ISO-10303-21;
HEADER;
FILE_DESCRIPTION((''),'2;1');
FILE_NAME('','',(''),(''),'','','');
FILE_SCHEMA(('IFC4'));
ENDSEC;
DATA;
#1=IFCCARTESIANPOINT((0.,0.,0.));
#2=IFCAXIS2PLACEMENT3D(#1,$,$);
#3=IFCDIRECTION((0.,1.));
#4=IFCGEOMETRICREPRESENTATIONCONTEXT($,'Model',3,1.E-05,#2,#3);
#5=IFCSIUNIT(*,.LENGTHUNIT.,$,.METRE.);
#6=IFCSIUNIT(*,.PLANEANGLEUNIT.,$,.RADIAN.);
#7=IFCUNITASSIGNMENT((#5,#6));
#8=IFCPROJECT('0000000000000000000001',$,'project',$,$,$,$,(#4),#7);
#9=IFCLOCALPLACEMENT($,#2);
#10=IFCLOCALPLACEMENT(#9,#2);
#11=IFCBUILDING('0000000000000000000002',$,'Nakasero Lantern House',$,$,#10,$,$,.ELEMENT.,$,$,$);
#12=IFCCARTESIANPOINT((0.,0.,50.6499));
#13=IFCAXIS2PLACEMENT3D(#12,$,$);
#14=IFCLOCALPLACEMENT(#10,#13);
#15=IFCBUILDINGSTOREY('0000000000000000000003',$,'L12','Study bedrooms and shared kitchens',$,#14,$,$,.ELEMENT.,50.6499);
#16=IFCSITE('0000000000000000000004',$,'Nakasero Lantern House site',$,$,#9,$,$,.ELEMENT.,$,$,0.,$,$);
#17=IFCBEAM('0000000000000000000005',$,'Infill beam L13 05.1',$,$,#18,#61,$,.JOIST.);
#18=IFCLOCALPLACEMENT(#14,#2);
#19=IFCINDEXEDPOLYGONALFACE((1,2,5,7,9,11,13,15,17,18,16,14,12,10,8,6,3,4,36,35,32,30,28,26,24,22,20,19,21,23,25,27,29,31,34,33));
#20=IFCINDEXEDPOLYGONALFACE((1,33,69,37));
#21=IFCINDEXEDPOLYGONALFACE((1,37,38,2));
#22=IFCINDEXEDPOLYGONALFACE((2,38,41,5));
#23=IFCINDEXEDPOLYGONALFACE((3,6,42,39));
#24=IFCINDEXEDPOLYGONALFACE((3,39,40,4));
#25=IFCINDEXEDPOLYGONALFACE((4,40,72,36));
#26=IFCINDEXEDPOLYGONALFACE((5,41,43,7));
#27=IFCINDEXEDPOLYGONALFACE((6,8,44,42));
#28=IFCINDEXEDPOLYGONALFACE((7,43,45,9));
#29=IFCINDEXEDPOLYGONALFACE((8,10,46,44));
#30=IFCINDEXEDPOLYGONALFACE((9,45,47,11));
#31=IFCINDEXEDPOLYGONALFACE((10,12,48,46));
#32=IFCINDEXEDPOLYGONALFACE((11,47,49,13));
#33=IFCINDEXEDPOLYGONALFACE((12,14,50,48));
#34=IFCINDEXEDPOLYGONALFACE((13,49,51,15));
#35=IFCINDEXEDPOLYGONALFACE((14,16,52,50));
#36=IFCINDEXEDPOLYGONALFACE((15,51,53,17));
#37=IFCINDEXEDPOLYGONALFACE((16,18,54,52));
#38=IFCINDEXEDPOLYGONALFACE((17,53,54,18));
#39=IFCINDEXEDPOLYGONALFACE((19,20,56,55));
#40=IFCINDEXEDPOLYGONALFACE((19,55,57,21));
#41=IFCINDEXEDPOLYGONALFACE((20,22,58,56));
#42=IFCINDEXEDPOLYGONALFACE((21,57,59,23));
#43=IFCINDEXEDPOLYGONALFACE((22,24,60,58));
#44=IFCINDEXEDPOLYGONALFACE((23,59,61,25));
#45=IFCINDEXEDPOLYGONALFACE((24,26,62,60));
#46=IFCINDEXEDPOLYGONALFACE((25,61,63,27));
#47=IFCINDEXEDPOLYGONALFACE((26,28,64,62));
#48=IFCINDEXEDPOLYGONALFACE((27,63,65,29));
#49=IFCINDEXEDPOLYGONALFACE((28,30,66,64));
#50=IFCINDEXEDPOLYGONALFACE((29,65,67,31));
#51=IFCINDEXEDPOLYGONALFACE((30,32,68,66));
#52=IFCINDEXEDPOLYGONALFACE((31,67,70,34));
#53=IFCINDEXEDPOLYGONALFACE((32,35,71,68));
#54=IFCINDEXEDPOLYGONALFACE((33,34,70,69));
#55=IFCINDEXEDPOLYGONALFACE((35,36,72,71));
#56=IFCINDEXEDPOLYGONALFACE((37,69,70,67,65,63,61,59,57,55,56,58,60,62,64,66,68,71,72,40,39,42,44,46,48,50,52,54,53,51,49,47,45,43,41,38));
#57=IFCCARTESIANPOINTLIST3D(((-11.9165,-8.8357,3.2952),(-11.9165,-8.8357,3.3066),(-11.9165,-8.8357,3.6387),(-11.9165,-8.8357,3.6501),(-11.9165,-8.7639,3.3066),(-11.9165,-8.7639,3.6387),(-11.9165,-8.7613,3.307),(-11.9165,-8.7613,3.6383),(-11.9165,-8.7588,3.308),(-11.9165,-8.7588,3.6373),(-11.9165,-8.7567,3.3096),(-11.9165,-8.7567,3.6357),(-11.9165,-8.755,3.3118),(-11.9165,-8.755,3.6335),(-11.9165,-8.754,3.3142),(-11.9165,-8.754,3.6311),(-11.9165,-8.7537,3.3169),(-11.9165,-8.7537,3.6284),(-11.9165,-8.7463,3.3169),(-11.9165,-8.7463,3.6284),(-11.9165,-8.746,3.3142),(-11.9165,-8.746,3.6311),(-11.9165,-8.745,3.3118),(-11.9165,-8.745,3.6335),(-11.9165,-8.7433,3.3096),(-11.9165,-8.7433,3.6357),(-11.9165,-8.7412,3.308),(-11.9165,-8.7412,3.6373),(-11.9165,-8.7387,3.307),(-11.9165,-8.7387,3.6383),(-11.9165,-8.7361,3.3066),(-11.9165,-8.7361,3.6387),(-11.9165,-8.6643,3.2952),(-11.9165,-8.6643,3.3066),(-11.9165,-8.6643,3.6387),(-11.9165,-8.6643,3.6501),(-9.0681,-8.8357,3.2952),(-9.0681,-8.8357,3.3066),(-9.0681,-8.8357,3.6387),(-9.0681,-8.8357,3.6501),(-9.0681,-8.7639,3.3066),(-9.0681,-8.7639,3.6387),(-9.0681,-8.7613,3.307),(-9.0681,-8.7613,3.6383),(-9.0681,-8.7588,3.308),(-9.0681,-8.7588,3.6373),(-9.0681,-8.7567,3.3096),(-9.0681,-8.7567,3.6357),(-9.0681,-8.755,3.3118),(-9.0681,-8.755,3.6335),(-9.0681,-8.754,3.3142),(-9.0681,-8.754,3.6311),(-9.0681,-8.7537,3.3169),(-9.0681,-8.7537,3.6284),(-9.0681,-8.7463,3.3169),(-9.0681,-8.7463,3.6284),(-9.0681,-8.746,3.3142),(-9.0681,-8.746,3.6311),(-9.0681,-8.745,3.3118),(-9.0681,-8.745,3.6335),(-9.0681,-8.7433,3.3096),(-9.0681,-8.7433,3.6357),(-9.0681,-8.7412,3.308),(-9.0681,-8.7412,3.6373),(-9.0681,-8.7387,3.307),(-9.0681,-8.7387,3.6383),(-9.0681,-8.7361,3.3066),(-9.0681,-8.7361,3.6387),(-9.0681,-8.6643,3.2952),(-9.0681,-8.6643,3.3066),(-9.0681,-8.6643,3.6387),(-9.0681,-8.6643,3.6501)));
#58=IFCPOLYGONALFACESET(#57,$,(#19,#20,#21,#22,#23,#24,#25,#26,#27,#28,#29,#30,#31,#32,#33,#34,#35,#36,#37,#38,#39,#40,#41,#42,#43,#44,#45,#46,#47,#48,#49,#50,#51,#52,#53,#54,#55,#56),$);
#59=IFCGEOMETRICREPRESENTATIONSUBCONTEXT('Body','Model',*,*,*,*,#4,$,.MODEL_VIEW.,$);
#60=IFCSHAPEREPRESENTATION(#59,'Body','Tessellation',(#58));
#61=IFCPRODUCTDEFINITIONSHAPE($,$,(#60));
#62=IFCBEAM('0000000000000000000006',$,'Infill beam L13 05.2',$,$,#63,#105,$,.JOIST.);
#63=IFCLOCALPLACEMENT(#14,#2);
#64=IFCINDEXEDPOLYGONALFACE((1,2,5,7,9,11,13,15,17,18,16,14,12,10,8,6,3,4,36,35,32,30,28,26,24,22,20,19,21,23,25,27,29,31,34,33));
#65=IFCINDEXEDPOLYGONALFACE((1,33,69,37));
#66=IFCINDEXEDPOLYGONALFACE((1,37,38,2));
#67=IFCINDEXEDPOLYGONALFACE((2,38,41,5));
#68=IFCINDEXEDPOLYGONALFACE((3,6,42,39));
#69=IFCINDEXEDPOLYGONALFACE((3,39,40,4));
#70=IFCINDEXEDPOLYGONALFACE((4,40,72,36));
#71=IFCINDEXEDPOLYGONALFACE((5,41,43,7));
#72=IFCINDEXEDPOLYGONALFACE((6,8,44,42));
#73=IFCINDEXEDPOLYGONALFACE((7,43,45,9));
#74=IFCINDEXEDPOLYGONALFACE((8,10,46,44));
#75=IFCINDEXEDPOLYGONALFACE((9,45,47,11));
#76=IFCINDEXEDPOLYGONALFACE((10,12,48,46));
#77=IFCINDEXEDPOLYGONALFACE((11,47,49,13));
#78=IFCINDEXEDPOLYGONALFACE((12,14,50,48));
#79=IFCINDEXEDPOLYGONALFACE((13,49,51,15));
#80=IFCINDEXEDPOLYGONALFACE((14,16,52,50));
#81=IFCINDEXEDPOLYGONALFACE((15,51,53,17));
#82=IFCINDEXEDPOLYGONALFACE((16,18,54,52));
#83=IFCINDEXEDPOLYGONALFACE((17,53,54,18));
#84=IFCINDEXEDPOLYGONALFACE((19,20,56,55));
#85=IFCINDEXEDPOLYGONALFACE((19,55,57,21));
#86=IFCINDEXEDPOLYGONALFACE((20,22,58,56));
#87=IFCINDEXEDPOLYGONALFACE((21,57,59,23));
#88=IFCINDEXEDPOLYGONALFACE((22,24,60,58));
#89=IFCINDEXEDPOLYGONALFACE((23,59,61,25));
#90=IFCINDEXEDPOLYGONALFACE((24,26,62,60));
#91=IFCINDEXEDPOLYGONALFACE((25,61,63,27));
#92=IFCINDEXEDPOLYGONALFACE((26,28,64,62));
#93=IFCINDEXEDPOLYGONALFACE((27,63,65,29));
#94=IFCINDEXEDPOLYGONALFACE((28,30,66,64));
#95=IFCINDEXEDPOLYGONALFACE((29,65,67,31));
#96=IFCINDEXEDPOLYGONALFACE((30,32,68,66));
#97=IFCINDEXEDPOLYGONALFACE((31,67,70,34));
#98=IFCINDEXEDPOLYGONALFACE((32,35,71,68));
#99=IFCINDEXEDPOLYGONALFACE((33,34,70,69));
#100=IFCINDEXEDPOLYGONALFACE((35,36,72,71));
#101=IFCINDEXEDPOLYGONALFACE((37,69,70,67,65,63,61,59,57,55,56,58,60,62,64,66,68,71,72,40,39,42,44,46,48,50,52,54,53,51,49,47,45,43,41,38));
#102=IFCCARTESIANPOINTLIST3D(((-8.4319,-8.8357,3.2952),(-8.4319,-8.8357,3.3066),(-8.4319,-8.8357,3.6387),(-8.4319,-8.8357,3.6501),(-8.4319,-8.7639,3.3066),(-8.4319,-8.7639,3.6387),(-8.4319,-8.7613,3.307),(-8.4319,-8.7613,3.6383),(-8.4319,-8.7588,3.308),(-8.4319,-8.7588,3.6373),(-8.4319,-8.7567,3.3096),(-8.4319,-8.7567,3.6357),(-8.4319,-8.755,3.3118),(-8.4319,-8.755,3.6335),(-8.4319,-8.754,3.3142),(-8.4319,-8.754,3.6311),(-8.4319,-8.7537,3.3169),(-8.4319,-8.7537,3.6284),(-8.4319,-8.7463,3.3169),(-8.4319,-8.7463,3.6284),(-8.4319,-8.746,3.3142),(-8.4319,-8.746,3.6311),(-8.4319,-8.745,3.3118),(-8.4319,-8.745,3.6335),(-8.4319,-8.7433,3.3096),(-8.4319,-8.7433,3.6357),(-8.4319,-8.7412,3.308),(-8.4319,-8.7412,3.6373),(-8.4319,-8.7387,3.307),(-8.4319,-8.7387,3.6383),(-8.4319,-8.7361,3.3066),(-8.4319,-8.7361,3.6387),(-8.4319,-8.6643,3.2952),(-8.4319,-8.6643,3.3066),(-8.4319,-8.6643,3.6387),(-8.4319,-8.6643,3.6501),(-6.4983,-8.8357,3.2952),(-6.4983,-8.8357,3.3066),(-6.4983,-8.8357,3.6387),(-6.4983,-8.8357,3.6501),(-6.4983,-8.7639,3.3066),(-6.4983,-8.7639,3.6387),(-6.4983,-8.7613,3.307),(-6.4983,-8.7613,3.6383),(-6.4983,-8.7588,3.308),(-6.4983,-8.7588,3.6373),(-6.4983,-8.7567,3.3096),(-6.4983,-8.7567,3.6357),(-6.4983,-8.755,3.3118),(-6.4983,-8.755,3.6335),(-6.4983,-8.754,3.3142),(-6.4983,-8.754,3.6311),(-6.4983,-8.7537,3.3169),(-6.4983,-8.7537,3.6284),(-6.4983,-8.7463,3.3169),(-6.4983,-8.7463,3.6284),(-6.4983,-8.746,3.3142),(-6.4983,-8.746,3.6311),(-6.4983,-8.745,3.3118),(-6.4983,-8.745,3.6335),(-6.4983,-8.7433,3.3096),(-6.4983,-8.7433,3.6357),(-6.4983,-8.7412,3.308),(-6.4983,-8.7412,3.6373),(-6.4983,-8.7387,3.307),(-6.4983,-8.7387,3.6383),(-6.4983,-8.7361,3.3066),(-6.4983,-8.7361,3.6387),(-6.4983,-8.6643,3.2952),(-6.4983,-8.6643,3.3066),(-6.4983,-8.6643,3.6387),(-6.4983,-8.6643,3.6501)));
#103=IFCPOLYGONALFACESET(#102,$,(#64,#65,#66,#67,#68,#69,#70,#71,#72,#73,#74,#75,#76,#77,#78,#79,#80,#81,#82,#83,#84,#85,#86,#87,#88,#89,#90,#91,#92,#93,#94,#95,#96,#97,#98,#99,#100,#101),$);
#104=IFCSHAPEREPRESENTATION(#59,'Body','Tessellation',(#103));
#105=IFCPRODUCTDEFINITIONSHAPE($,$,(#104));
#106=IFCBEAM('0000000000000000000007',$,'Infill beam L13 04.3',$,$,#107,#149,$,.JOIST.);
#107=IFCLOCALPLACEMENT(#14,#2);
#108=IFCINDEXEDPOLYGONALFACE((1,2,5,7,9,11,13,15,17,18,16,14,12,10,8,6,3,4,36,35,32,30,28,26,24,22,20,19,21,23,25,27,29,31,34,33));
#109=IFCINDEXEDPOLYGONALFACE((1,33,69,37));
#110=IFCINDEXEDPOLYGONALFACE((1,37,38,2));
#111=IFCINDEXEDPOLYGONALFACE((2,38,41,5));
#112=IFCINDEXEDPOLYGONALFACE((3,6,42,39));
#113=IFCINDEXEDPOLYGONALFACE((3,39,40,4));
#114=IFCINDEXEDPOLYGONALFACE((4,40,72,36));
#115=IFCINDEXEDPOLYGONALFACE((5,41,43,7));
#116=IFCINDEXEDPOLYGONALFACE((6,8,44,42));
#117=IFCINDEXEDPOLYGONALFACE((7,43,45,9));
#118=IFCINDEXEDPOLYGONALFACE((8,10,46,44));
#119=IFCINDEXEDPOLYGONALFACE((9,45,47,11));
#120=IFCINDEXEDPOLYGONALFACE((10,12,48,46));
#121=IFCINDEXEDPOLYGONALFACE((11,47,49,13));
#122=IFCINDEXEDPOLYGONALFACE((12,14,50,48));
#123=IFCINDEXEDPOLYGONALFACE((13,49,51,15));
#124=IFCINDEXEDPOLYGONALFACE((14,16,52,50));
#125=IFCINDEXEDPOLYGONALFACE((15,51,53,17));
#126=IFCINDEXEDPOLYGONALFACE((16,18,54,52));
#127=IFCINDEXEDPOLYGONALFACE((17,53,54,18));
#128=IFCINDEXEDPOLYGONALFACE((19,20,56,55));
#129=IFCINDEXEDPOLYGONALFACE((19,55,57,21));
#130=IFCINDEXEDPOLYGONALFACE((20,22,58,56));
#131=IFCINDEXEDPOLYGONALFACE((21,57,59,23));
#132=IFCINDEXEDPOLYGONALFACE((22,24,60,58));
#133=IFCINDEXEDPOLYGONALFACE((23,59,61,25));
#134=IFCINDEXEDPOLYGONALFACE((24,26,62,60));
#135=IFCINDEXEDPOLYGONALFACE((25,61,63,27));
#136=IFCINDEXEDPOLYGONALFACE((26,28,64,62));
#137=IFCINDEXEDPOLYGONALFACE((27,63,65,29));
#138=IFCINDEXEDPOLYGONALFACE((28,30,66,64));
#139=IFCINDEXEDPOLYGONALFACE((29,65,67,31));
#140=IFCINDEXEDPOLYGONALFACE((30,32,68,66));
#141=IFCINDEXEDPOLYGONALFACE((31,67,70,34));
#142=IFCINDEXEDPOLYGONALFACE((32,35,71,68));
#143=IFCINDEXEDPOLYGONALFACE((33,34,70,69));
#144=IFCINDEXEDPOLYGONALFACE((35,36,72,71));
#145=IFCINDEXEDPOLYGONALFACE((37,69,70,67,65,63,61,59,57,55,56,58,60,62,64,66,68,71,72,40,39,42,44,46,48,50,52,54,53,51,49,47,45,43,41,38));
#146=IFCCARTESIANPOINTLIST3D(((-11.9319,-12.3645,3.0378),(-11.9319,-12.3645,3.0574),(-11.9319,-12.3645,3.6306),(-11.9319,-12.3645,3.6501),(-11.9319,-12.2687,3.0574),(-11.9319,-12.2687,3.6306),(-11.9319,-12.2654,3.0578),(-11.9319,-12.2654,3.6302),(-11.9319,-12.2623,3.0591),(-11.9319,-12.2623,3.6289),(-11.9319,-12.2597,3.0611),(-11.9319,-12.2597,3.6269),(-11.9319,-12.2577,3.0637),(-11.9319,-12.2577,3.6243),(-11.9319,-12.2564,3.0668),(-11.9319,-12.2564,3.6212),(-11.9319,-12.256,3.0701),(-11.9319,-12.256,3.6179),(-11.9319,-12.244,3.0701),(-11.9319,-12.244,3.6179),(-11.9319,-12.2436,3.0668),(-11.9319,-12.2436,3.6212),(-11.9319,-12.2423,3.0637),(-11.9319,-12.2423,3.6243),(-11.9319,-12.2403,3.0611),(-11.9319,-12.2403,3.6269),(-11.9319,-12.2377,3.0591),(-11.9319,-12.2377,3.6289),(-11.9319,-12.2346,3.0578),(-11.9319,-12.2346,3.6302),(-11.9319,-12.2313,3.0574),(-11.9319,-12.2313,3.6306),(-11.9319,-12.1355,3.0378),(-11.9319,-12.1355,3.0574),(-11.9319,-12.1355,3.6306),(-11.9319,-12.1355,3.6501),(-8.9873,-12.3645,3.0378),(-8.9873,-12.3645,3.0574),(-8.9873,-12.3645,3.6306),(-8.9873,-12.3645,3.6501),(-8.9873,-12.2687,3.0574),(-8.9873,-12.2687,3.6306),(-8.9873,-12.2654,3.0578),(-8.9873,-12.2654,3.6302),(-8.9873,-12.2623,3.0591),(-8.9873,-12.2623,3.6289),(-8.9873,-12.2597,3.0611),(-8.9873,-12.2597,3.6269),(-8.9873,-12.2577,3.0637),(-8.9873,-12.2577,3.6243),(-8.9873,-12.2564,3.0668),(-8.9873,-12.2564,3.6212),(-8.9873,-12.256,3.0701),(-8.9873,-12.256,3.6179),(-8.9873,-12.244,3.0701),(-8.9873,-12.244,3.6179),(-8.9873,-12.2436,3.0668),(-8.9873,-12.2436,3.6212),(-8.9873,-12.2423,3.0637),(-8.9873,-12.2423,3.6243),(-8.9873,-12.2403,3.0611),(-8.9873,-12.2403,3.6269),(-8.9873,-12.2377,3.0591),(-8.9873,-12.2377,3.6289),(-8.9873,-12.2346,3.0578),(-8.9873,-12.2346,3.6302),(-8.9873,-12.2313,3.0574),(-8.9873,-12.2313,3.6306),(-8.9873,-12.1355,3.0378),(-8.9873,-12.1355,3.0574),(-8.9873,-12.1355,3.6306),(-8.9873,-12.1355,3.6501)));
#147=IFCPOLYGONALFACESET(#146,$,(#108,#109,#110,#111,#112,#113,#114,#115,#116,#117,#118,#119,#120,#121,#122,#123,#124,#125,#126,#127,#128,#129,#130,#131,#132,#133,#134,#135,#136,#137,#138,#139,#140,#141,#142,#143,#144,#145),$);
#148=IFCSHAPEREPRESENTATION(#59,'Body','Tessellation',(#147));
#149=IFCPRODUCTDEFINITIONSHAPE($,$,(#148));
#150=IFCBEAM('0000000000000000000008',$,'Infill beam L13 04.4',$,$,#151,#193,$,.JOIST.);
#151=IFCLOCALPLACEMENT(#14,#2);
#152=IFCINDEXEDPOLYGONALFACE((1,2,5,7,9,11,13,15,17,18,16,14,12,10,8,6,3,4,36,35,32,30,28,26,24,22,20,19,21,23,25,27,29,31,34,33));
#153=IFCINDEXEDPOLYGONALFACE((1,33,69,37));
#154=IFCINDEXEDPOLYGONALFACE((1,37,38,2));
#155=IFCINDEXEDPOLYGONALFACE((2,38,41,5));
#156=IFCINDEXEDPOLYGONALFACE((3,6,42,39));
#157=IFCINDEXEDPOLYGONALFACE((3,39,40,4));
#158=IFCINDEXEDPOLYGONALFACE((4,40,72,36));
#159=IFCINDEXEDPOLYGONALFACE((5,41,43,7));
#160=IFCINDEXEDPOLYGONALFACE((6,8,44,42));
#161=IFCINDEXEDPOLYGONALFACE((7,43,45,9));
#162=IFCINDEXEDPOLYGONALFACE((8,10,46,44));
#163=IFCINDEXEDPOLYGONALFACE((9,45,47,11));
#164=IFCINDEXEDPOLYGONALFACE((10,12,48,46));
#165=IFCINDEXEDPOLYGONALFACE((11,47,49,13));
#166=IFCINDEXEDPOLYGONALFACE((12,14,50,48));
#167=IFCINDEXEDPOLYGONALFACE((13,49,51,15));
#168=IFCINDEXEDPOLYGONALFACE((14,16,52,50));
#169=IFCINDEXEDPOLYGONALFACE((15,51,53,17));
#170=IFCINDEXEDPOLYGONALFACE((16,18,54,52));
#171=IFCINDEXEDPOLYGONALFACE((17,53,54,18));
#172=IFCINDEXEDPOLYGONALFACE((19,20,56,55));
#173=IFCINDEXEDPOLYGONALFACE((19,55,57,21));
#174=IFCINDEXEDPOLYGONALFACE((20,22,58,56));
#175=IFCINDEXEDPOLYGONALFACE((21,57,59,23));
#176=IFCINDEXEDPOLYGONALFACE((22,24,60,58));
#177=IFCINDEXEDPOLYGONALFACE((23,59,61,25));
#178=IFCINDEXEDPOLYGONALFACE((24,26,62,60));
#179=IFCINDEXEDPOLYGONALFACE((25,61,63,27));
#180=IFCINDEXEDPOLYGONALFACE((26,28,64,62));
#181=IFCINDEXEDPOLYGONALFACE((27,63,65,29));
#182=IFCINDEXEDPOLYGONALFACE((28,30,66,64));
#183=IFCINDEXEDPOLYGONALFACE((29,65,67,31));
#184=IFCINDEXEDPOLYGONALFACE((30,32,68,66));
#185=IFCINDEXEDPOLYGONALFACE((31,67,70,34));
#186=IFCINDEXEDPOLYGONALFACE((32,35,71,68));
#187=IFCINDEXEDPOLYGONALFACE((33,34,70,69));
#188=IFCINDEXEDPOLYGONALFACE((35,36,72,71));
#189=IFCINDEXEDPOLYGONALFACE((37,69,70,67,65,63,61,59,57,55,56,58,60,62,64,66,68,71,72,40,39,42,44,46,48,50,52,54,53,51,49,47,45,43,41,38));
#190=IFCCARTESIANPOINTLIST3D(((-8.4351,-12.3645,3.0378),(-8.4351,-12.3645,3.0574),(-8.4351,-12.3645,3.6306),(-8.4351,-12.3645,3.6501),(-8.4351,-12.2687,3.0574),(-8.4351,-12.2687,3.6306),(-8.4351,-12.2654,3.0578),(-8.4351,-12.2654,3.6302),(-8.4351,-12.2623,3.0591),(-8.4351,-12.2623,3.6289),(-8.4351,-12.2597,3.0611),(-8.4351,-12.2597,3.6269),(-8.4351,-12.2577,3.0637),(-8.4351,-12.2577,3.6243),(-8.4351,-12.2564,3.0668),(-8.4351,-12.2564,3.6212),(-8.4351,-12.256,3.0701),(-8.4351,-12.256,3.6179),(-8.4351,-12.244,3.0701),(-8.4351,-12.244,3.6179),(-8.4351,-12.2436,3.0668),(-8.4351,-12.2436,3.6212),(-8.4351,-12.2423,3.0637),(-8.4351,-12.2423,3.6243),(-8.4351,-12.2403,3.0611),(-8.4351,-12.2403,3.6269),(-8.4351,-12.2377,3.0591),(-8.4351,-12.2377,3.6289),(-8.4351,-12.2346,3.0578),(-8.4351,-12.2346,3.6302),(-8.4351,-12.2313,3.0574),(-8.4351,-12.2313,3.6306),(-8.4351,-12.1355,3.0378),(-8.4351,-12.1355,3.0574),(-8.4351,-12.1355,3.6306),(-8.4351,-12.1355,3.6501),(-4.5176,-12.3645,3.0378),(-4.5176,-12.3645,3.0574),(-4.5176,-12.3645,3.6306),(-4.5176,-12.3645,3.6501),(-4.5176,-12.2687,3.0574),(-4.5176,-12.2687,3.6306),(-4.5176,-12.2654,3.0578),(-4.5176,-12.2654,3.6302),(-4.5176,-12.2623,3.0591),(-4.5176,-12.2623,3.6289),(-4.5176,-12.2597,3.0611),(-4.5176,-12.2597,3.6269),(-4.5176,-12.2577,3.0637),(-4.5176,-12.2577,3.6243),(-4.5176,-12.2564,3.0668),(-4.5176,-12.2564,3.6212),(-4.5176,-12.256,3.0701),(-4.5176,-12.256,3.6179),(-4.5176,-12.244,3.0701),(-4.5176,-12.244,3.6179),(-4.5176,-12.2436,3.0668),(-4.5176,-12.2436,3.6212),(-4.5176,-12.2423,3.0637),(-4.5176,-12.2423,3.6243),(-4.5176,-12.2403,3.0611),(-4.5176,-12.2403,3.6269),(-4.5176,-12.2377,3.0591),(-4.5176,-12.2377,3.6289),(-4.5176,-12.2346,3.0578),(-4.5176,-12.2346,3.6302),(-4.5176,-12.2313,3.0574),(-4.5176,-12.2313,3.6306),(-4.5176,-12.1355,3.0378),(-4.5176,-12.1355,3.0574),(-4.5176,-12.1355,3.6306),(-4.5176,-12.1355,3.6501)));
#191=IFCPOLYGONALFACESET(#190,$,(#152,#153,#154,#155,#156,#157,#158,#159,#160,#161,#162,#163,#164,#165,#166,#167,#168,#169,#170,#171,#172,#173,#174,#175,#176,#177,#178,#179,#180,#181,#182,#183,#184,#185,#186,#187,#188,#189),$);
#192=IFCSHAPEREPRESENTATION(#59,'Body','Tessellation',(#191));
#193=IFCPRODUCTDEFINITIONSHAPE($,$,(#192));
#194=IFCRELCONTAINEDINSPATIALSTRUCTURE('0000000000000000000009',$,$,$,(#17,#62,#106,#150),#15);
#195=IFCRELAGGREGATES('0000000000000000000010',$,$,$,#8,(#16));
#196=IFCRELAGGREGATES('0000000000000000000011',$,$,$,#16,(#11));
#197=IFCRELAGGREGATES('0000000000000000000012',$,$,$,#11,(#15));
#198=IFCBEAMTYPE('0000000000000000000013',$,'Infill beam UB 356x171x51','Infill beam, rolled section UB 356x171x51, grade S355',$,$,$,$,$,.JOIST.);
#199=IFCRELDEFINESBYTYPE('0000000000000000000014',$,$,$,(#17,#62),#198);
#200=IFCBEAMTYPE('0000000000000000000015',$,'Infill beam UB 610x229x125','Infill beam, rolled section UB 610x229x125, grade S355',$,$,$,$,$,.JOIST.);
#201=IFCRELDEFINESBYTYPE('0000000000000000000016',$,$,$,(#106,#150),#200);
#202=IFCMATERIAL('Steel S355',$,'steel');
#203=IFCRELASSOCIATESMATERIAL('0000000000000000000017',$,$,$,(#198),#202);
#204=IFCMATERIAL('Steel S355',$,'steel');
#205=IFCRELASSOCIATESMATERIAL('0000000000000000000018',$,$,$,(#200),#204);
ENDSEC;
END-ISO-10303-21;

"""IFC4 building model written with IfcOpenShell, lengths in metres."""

from ifc_helpers import new_model, si_unit, direction, frame, origin, origin_2d, place, context, subcontext, project, spatial, i_section, extrude, material, material_profile, profile_set, type_object, element, save


model = new_model("IFC4")

# Units and contexts
model_context = context("Model", 3, precision=1e-05, world=origin(), true_north=direction((0.0, 1.0)))
body_context = subcontext(model_context, "Body", "Model", "MODEL_VIEW")
ifc_project = project(units=[si_unit("LENGTHUNIT", "METRE"), si_unit("PLANEANGLEUNIT", "RADIAN")], contexts=[model_context])

# Site, building, storey
site_placement = place(None, origin())
site = spatial("IfcSite", under=ifc_project, at=site_placement, Name="Nakasero Lantern House site", CompositionType="ELEMENT", RefElevation=0.0)
building_placement = place(site_placement, origin())
building = spatial("IfcBuilding", under=site, at=building_placement, Name="Nakasero Lantern House", CompositionType="ELEMENT")
storey_placement = place(building_placement, frame((0.0, 0.0, 50.6499)))
storey = spatial("IfcBuildingStorey", under=building, at=storey_placement, Name="L12", Description="Study bedrooms and shared kitchens", CompositionType="ELEMENT", Elevation=50.6499)

# Beams
ifc_material_1 = material(Name="Steel S355", Category="steel")
ifc_material_profile_1 = material_profile(ifc_material_1, i_section(OverallWidth=0.1714, OverallDepth=0.355, WebThickness=0.0073, FlangeThickness=0.0115, FilletRadius=0.0103, at=origin_2d()), Name="UB 356x171x51")
ifc_profile_set_1 = profile_set([ifc_material_profile_1], Name="Steel S355")
beam_type_1 = type_object("IfcBeamType", Name="Infill beam UB 356x171x51", Description="Infill beam, rolled section UB 356x171x51, grade S355", PredefinedType="JOIST", material=ifc_profile_set_1)
beam_1_placement = place(storey_placement, frame((-11.9165, -8.75, 3.4727), z_axis=(1.0, 0.0, 0.0), x_axis=(0.0, 1.0, 0.0)))
element("IfcBeam", 1, at=beam_1_placement, inside=storey, type_object=beam_type_1, Name="Infill beam L13 05.1", PredefinedType="JOIST", context=body_context, shape_type="SweptSolid", body=[
    extrude(i_section(OverallWidth=0.1714, OverallDepth=0.355, WebThickness=0.0073, FlangeThickness=0.0115, FilletRadius=0.0103, at=origin_2d()), origin(), (0.0, 0.0, 1.0), 2.8484),
])
beam_2_placement = place(storey_placement, frame((-8.4319, -8.75, 3.4727), z_axis=(1.0, 0.0, 0.0), x_axis=(0.0, 1.0, 0.0)))
element("IfcBeam", 2, at=beam_2_placement, inside=storey, type_object=beam_type_1, Name="Infill beam L13 05.2", PredefinedType="JOIST", context=body_context, shape_type="SweptSolid", body=[
    extrude(i_section(OverallWidth=0.1714, OverallDepth=0.355, WebThickness=0.0073, FlangeThickness=0.0115, FilletRadius=0.0103, at=origin_2d()), origin(), (0.0, 0.0, 1.0), 1.9336),
])
ifc_material_2 = material(Name="Steel S355", Category="steel")
ifc_material_profile_2 = material_profile(ifc_material_2, i_section(OverallWidth=0.229, OverallDepth=0.6123, WebThickness=0.012, FlangeThickness=0.0195, FilletRadius=0.0127, at=origin_2d()), Name="UB 610x229x125")
ifc_profile_set_2 = profile_set([ifc_material_profile_2], Name="Steel S355")
beam_type_2 = type_object("IfcBeamType", Name="Infill beam UB 610x229x125", Description="Infill beam, rolled section UB 610x229x125, grade S355", PredefinedType="JOIST", material=ifc_profile_set_2)
beam_3_placement = place(storey_placement, frame((-11.9319, -12.25, 3.344), z_axis=(1.0, 0.0, 0.0), x_axis=(0.0, 1.0, 0.0)))
element("IfcBeam", 3, at=beam_3_placement, inside=storey, type_object=beam_type_2, Name="Infill beam L13 04.3", PredefinedType="JOIST", context=body_context, shape_type="SweptSolid", body=[
    extrude(i_section(OverallWidth=0.229, OverallDepth=0.6123, WebThickness=0.012, FlangeThickness=0.0195, FilletRadius=0.0127, at=origin_2d()), origin(), (0.0, 0.0, 1.0), 2.9446),
])
beam_4_placement = place(storey_placement, frame((-8.4351, -12.25, 3.344), z_axis=(1.0, 0.0, 0.0), x_axis=(0.0, 1.0, 0.0)))
element("IfcBeam", 4, at=beam_4_placement, inside=storey, type_object=beam_type_2, Name="Infill beam L13 04.4", PredefinedType="JOIST", context=body_context, shape_type="SweptSolid", body=[
    extrude(i_section(OverallWidth=0.229, OverallDepth=0.6123, WebThickness=0.012, FlangeThickness=0.0195, FilletRadius=0.0127, at=origin_2d()), origin(), (0.0, 0.0, 1.0), 3.9175),
])

save(model, "model.ifc")
